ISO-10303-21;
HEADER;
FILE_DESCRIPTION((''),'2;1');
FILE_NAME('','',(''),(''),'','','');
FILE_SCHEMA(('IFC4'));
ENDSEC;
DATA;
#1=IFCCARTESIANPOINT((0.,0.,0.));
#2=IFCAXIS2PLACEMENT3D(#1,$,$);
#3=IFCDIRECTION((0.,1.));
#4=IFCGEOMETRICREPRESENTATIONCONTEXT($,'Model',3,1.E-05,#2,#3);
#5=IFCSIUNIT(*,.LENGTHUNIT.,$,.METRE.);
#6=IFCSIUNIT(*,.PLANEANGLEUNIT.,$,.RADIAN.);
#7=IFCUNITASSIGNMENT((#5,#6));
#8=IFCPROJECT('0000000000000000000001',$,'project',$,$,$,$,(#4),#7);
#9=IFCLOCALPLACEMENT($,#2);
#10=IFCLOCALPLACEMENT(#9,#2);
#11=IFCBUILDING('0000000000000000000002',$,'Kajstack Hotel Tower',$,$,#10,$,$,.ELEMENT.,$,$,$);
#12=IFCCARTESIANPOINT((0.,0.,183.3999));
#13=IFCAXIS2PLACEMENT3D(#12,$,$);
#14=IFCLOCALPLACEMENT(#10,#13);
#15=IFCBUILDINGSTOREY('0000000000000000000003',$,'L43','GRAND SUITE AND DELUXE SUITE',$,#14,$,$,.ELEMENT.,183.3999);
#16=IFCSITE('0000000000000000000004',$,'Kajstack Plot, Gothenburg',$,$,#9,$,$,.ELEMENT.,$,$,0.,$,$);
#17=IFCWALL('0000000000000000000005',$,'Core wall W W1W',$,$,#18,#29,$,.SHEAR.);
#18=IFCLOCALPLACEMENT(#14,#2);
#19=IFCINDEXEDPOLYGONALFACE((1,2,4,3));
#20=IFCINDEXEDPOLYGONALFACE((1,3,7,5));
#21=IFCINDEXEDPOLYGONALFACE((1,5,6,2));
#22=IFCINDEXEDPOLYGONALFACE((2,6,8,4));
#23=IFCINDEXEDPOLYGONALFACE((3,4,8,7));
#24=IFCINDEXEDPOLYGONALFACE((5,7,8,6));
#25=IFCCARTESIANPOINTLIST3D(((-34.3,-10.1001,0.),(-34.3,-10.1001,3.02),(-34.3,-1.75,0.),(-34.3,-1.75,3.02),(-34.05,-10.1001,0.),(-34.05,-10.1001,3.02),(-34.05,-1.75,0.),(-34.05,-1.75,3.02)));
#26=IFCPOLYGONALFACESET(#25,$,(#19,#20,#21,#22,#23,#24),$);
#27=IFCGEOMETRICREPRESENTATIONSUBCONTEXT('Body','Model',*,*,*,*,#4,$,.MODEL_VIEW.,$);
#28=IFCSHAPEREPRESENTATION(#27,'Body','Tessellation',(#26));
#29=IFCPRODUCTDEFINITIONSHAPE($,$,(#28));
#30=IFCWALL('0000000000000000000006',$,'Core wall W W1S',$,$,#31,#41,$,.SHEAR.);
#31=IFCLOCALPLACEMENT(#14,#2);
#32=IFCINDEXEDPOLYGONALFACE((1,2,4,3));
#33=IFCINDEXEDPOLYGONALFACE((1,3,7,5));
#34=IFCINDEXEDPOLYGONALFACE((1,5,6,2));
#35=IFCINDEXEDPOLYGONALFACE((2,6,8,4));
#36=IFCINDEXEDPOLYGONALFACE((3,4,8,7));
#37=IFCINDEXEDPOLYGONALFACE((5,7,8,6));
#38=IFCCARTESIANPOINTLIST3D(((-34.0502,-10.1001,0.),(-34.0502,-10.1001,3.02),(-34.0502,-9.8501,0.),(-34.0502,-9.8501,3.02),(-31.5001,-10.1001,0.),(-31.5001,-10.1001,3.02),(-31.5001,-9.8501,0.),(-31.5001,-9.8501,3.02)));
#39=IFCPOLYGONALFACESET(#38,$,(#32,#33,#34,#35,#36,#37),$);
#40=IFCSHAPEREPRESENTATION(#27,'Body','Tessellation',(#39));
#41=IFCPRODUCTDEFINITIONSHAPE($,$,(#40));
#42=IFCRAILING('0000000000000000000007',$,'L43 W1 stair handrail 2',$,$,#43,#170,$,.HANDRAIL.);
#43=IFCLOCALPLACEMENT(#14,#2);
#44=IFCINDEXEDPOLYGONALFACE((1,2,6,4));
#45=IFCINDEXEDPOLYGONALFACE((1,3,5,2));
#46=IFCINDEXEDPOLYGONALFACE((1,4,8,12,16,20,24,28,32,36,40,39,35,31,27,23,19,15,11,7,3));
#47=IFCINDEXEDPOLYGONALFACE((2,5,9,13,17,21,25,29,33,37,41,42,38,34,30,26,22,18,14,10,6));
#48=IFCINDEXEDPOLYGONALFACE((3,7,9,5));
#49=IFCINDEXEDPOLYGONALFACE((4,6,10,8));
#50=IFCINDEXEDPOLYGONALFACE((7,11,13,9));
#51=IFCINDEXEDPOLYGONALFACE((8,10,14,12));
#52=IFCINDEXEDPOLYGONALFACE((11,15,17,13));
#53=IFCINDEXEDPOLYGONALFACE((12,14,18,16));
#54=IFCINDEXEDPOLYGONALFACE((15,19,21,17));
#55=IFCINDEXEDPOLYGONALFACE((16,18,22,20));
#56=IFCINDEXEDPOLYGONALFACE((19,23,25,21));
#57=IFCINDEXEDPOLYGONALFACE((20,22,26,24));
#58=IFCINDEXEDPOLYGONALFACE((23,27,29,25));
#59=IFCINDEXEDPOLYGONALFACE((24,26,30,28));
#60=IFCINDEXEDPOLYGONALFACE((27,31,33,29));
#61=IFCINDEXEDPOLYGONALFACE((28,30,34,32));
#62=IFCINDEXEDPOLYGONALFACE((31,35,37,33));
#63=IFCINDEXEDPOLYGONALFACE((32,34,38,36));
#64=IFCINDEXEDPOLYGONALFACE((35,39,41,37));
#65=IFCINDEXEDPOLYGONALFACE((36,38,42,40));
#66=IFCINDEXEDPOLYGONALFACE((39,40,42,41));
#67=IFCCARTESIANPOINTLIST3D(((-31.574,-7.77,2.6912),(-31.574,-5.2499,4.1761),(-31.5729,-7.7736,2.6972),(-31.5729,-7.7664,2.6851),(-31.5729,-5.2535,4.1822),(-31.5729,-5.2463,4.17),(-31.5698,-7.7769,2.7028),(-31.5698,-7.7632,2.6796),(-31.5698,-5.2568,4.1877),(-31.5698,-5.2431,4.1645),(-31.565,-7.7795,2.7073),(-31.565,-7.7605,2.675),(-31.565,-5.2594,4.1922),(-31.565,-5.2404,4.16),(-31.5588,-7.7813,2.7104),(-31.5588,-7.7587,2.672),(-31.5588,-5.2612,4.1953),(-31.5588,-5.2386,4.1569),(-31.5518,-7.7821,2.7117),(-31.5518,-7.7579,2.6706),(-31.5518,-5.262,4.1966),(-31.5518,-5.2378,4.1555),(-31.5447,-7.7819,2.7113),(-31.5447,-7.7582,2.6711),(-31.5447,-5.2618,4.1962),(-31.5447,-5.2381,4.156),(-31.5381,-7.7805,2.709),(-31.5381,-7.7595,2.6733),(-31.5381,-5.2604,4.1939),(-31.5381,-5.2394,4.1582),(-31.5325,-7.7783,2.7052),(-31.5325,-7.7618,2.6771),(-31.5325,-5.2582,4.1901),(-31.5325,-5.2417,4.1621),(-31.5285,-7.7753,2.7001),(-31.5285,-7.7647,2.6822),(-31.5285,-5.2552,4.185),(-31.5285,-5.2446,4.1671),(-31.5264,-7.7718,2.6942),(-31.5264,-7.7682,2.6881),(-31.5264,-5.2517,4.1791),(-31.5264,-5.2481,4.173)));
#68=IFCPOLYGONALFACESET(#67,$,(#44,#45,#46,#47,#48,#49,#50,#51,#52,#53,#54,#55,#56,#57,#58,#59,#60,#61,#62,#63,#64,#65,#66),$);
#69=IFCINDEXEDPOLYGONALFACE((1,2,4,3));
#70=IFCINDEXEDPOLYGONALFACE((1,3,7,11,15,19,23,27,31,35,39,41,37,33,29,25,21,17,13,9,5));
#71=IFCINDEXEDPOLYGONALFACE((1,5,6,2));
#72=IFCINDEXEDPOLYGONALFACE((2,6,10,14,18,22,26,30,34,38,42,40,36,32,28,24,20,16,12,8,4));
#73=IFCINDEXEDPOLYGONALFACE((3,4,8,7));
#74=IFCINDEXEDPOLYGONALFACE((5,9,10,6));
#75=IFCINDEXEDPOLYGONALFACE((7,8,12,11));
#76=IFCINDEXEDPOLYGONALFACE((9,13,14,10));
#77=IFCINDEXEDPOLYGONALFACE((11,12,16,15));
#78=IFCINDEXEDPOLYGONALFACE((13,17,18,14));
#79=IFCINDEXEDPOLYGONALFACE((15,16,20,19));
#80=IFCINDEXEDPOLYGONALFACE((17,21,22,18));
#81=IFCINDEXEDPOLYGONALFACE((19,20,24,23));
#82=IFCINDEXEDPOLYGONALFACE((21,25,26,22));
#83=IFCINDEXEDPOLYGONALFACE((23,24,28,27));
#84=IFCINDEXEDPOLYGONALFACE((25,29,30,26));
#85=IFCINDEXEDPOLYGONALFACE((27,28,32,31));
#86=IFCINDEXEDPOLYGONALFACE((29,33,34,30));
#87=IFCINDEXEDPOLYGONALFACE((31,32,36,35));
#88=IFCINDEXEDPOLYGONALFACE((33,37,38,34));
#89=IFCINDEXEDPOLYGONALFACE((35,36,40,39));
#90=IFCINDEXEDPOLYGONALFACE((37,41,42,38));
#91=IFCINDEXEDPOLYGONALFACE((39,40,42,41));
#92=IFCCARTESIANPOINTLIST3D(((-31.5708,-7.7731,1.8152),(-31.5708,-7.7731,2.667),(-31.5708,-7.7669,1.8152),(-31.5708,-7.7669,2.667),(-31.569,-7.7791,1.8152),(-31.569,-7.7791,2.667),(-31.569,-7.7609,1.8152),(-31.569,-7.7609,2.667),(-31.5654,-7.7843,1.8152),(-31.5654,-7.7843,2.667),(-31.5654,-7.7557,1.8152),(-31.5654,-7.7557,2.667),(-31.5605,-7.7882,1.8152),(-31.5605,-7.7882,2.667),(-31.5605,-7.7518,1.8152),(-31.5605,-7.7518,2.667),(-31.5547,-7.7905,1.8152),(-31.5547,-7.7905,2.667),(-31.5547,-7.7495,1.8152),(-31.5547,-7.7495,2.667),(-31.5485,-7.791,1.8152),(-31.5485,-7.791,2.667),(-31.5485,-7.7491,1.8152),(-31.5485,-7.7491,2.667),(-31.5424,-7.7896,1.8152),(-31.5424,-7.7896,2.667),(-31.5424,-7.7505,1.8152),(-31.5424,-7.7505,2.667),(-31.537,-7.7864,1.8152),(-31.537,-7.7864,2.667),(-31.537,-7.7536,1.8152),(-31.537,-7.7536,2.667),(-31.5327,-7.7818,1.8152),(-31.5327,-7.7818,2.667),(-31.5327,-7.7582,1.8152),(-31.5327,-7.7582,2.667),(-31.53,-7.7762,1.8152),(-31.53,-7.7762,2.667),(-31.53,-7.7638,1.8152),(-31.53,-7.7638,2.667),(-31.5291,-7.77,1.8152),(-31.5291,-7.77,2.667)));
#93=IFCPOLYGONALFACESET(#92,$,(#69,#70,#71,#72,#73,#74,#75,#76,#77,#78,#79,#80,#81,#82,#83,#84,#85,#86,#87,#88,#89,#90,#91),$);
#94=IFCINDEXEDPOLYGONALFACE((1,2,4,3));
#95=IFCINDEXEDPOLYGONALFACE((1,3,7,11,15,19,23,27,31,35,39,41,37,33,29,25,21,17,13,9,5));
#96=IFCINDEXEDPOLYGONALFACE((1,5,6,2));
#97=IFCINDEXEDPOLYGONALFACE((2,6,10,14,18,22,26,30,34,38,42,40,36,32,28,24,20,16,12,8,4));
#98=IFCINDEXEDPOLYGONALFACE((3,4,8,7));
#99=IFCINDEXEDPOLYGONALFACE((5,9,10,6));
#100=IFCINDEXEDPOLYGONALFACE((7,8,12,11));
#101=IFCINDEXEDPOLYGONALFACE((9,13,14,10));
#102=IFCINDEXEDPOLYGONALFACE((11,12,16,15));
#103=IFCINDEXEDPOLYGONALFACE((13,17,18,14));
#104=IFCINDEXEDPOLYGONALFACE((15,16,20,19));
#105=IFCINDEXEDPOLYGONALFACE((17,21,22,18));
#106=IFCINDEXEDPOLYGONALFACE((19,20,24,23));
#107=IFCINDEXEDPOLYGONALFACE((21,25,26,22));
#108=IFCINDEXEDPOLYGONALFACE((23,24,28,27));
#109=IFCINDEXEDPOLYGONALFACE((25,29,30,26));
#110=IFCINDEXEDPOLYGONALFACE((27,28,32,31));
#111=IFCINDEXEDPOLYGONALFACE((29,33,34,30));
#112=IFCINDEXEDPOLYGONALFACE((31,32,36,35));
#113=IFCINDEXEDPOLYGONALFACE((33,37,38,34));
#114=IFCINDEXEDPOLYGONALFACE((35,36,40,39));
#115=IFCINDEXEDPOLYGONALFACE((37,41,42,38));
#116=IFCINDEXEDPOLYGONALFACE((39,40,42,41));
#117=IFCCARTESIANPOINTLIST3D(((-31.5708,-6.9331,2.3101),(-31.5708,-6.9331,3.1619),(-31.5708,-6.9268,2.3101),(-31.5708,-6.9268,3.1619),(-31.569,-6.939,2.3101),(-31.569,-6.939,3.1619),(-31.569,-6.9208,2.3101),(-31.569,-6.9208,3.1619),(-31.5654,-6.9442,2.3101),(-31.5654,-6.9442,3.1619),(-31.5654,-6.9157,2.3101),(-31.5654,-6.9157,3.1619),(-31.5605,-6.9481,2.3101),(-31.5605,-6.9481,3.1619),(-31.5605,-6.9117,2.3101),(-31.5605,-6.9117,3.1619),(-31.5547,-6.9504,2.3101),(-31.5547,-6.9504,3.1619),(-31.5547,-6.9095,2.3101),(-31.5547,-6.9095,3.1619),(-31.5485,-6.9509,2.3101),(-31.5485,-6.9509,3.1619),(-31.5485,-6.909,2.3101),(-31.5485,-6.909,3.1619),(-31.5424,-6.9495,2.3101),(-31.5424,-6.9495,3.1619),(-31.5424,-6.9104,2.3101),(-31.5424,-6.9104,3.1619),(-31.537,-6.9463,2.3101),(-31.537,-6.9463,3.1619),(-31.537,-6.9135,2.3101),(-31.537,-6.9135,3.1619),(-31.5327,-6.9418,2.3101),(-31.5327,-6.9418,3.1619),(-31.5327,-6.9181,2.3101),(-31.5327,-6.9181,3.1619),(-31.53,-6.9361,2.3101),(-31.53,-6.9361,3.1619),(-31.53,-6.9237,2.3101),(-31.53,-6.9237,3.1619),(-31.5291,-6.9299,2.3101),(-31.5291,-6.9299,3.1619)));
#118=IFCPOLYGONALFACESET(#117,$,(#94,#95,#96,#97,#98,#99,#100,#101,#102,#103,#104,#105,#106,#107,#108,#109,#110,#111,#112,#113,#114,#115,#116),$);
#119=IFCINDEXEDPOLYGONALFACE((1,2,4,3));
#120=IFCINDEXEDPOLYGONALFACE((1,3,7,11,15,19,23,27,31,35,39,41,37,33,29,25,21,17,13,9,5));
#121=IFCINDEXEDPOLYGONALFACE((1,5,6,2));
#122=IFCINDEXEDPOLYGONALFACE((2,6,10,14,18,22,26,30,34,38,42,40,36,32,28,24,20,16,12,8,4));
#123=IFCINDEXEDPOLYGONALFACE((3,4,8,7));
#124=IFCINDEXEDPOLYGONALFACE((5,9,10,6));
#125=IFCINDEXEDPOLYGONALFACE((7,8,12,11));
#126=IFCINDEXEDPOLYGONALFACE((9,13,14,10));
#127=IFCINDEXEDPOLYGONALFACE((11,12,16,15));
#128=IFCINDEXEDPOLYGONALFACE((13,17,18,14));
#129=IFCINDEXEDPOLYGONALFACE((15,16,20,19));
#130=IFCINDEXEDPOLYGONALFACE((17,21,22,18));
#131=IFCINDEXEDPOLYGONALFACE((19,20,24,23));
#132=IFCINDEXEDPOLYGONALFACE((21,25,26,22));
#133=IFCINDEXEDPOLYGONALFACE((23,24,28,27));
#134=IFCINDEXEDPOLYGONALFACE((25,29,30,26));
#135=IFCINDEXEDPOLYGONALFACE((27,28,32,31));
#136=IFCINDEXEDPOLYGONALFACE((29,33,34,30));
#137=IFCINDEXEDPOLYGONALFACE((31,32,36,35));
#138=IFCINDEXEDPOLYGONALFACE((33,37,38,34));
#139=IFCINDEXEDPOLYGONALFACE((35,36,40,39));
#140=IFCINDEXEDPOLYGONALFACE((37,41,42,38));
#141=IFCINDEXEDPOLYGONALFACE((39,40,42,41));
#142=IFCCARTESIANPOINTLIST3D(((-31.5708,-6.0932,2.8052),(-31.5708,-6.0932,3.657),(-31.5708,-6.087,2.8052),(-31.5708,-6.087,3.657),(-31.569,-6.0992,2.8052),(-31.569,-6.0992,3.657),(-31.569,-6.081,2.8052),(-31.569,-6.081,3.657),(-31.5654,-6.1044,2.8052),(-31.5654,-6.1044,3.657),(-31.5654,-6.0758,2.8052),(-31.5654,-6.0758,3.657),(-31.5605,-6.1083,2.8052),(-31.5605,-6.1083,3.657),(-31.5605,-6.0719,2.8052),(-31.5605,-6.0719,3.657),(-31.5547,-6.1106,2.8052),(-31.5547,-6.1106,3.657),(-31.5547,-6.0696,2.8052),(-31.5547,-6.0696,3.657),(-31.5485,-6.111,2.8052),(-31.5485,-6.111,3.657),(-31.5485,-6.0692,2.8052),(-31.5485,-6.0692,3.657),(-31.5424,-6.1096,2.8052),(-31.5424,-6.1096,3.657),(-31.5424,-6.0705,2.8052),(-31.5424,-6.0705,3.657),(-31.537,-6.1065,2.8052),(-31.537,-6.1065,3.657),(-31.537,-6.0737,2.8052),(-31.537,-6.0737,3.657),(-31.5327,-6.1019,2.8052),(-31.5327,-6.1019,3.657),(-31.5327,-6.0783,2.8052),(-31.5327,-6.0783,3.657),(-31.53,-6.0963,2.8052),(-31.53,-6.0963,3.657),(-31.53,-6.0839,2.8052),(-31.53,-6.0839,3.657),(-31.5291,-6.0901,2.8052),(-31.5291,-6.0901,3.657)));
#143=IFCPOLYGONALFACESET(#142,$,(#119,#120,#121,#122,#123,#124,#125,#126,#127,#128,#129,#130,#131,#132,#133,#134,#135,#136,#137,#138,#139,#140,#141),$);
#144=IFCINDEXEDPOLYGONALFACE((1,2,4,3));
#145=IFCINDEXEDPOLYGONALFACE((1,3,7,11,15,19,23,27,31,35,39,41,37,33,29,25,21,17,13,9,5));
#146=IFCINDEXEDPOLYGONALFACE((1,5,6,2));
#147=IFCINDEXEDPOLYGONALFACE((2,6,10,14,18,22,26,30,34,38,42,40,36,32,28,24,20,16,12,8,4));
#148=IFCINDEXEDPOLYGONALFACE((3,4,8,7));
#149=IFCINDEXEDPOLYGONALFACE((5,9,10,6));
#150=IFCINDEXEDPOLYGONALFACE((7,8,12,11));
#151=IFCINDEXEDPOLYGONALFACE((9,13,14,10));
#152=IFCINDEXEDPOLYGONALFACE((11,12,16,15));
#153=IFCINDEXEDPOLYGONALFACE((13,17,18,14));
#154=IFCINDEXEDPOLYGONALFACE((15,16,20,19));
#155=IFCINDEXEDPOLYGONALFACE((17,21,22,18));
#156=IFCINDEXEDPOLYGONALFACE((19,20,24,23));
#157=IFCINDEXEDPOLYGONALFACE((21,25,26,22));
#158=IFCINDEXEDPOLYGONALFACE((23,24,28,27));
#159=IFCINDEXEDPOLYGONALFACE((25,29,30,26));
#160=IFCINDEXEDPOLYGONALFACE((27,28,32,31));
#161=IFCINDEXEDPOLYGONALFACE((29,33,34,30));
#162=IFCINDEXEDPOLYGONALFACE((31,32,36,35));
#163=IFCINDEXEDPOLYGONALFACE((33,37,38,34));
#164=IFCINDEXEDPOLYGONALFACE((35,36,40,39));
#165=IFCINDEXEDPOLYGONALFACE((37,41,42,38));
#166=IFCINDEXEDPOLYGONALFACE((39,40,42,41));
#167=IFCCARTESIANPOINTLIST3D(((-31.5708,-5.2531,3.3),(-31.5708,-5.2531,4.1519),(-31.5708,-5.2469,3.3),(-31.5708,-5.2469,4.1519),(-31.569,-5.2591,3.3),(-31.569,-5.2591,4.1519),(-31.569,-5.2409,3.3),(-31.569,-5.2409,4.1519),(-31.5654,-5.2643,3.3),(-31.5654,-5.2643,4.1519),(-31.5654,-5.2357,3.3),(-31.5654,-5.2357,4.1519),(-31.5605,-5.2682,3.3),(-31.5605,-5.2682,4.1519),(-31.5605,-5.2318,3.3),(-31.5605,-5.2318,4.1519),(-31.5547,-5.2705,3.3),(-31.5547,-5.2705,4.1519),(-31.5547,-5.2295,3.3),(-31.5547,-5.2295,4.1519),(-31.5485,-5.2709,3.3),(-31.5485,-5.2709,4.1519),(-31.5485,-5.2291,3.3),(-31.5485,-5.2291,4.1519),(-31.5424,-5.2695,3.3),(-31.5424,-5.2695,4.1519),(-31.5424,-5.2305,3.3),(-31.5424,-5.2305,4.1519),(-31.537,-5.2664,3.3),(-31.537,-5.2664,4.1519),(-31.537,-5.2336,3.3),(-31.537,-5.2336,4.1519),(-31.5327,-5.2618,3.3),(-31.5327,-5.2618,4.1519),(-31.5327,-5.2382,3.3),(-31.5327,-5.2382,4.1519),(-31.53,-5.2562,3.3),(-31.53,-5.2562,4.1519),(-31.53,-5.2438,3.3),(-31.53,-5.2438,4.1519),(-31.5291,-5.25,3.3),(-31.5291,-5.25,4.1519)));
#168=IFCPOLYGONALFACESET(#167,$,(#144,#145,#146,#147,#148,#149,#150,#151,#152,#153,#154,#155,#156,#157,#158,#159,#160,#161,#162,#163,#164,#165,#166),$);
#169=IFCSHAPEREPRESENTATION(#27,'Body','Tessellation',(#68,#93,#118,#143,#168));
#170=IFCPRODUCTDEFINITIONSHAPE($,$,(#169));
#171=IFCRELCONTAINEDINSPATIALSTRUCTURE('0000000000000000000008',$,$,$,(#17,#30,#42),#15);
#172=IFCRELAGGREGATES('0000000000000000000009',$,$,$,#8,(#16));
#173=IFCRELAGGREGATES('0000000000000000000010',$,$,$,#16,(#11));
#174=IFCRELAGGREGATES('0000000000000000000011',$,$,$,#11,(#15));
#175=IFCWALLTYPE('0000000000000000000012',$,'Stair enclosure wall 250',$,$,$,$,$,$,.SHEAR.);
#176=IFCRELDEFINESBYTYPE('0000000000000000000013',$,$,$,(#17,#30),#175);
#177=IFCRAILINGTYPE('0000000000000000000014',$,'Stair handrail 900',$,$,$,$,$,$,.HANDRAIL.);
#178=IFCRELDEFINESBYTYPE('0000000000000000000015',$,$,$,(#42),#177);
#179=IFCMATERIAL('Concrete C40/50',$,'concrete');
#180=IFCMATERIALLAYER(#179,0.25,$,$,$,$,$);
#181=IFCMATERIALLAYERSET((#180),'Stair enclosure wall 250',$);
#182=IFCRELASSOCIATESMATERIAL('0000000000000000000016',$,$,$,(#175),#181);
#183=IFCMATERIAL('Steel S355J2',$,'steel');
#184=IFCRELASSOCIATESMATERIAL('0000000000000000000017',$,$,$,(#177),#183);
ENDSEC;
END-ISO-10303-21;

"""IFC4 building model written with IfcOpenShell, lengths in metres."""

from ifc_helpers import new_model, si_unit, direction, frame, frame_2d, origin, origin_2d, place, context, subcontext, project, spatial, rectangle, circle, extrude, material, layer, layer_set, type_object, element, save


model = new_model("IFC4")

# Units and contexts
model_context = context("Model", 3, precision=1e-05, world=origin(), true_north=direction((0.0, 1.0)))
body_context = subcontext(model_context, "Body", "Model", "MODEL_VIEW")
ifc_project = project(units=[si_unit("LENGTHUNIT", "METRE"), si_unit("PLANEANGLEUNIT", "RADIAN")], contexts=[model_context])

# Site, building, storey
site_placement = place(None, origin())
site = spatial("IfcSite", under=ifc_project, at=site_placement, Name="Kajstack Plot, Gothenburg", CompositionType="ELEMENT", RefElevation=0.0)
building_placement = place(site_placement, origin())
building = spatial("IfcBuilding", under=site, at=building_placement, Name="Kajstack Hotel Tower", CompositionType="ELEMENT")
storey_placement = place(building_placement, frame((0.0, 0.0, 183.3999)))
storey = spatial("IfcBuildingStorey", under=building, at=storey_placement, Name="L43", Description="GRAND SUITE AND DELUXE SUITE", CompositionType="ELEMENT", Elevation=183.3999)

# Walls
ifc_material_1 = material(Name="Concrete C40/50", Category="concrete")
ifc_layer_1 = layer(ifc_material_1, 0.25)
ifc_layer_set_1 = layer_set([ifc_layer_1], Name="Stair enclosure wall 250")
wall_type_1 = type_object("IfcWallType", Name="Stair enclosure wall 250", PredefinedType="SHEAR", material=ifc_layer_set_1)
wall_1_placement = place(storey_placement, frame((-34.175, -10.1001, 0.0), z_axis=(0.0, 0.0, 1.0), x_axis=(0.0, 1.0, 0.0)))
element("IfcWall", 1, at=wall_1_placement, inside=storey, type_object=wall_type_1, Name="Core wall W W1W", PredefinedType="SHEAR", context=body_context, shape_type="SweptSolid", body=[
    extrude(rectangle(XDim=8.3501, YDim=0.25, at=frame_2d((4.175, 0.0))), origin(), (0.0, 0.0, 1.0), 3.02),
])
wall_2_placement = place(storey_placement, frame((-34.05, -9.9751, 0.0), z_axis=(0.0, 0.0, 1.0), x_axis=(1.0, 0.0, 0.0)))
element("IfcWall", 2, at=wall_2_placement, inside=storey, type_object=wall_type_1, Name="Core wall W W1S", PredefinedType="SHEAR", context=body_context, shape_type="SweptSolid", body=[
    extrude(rectangle(XDim=2.55, YDim=0.25, at=frame_2d((1.2749, 0.0))), origin(), (0.0, 0.0, 1.0), 3.02),
])

# Railing
ifc_material_2 = material(Name="Steel S355J2", Category="steel")
railing_type_1 = type_object("IfcRailingType", Name="Stair handrail 900", PredefinedType="HANDRAIL", material=ifc_material_2)
railing_1_placement = place(storey_placement, frame((-31.55, -7.77, 1.8152)))
element("IfcRailing", 3, at=railing_1_placement, inside=storey, type_object=railing_type_1, Name="L43 W1 stair handrail 2", PredefinedType="HANDRAIL", context=body_context, shape_type="SweptSolid", body=[
    extrude(circle(Radius=0.0239, at=origin_2d()), frame((0.0, 0.0, 0.876), z_axis=(0.0, 0.861561, 0.507655), x_axis=(-1.0, 0.0, 0.0)), (0.0, 0.0, 1.0), 2.925),
    extrude(circle(Radius=0.021, at=origin_2d()), origin(), (0.0, 0.0, 1.0), 0.8518),
    extrude(circle(Radius=0.021, at=origin_2d()), frame((0.0, 0.8401, 0.4949)), (0.0, 0.0, 1.0), 0.8518),
    extrude(circle(Radius=0.021, at=origin_2d()), frame((0.0, 1.6799, 0.99)), (0.0, 0.0, 1.0), 0.8518),
    extrude(circle(Radius=0.021, at=origin_2d()), frame((0.0, 2.52, 1.4849)), (0.0, 0.0, 1.0), 0.8518),
])

save(model, "model.ifc")
